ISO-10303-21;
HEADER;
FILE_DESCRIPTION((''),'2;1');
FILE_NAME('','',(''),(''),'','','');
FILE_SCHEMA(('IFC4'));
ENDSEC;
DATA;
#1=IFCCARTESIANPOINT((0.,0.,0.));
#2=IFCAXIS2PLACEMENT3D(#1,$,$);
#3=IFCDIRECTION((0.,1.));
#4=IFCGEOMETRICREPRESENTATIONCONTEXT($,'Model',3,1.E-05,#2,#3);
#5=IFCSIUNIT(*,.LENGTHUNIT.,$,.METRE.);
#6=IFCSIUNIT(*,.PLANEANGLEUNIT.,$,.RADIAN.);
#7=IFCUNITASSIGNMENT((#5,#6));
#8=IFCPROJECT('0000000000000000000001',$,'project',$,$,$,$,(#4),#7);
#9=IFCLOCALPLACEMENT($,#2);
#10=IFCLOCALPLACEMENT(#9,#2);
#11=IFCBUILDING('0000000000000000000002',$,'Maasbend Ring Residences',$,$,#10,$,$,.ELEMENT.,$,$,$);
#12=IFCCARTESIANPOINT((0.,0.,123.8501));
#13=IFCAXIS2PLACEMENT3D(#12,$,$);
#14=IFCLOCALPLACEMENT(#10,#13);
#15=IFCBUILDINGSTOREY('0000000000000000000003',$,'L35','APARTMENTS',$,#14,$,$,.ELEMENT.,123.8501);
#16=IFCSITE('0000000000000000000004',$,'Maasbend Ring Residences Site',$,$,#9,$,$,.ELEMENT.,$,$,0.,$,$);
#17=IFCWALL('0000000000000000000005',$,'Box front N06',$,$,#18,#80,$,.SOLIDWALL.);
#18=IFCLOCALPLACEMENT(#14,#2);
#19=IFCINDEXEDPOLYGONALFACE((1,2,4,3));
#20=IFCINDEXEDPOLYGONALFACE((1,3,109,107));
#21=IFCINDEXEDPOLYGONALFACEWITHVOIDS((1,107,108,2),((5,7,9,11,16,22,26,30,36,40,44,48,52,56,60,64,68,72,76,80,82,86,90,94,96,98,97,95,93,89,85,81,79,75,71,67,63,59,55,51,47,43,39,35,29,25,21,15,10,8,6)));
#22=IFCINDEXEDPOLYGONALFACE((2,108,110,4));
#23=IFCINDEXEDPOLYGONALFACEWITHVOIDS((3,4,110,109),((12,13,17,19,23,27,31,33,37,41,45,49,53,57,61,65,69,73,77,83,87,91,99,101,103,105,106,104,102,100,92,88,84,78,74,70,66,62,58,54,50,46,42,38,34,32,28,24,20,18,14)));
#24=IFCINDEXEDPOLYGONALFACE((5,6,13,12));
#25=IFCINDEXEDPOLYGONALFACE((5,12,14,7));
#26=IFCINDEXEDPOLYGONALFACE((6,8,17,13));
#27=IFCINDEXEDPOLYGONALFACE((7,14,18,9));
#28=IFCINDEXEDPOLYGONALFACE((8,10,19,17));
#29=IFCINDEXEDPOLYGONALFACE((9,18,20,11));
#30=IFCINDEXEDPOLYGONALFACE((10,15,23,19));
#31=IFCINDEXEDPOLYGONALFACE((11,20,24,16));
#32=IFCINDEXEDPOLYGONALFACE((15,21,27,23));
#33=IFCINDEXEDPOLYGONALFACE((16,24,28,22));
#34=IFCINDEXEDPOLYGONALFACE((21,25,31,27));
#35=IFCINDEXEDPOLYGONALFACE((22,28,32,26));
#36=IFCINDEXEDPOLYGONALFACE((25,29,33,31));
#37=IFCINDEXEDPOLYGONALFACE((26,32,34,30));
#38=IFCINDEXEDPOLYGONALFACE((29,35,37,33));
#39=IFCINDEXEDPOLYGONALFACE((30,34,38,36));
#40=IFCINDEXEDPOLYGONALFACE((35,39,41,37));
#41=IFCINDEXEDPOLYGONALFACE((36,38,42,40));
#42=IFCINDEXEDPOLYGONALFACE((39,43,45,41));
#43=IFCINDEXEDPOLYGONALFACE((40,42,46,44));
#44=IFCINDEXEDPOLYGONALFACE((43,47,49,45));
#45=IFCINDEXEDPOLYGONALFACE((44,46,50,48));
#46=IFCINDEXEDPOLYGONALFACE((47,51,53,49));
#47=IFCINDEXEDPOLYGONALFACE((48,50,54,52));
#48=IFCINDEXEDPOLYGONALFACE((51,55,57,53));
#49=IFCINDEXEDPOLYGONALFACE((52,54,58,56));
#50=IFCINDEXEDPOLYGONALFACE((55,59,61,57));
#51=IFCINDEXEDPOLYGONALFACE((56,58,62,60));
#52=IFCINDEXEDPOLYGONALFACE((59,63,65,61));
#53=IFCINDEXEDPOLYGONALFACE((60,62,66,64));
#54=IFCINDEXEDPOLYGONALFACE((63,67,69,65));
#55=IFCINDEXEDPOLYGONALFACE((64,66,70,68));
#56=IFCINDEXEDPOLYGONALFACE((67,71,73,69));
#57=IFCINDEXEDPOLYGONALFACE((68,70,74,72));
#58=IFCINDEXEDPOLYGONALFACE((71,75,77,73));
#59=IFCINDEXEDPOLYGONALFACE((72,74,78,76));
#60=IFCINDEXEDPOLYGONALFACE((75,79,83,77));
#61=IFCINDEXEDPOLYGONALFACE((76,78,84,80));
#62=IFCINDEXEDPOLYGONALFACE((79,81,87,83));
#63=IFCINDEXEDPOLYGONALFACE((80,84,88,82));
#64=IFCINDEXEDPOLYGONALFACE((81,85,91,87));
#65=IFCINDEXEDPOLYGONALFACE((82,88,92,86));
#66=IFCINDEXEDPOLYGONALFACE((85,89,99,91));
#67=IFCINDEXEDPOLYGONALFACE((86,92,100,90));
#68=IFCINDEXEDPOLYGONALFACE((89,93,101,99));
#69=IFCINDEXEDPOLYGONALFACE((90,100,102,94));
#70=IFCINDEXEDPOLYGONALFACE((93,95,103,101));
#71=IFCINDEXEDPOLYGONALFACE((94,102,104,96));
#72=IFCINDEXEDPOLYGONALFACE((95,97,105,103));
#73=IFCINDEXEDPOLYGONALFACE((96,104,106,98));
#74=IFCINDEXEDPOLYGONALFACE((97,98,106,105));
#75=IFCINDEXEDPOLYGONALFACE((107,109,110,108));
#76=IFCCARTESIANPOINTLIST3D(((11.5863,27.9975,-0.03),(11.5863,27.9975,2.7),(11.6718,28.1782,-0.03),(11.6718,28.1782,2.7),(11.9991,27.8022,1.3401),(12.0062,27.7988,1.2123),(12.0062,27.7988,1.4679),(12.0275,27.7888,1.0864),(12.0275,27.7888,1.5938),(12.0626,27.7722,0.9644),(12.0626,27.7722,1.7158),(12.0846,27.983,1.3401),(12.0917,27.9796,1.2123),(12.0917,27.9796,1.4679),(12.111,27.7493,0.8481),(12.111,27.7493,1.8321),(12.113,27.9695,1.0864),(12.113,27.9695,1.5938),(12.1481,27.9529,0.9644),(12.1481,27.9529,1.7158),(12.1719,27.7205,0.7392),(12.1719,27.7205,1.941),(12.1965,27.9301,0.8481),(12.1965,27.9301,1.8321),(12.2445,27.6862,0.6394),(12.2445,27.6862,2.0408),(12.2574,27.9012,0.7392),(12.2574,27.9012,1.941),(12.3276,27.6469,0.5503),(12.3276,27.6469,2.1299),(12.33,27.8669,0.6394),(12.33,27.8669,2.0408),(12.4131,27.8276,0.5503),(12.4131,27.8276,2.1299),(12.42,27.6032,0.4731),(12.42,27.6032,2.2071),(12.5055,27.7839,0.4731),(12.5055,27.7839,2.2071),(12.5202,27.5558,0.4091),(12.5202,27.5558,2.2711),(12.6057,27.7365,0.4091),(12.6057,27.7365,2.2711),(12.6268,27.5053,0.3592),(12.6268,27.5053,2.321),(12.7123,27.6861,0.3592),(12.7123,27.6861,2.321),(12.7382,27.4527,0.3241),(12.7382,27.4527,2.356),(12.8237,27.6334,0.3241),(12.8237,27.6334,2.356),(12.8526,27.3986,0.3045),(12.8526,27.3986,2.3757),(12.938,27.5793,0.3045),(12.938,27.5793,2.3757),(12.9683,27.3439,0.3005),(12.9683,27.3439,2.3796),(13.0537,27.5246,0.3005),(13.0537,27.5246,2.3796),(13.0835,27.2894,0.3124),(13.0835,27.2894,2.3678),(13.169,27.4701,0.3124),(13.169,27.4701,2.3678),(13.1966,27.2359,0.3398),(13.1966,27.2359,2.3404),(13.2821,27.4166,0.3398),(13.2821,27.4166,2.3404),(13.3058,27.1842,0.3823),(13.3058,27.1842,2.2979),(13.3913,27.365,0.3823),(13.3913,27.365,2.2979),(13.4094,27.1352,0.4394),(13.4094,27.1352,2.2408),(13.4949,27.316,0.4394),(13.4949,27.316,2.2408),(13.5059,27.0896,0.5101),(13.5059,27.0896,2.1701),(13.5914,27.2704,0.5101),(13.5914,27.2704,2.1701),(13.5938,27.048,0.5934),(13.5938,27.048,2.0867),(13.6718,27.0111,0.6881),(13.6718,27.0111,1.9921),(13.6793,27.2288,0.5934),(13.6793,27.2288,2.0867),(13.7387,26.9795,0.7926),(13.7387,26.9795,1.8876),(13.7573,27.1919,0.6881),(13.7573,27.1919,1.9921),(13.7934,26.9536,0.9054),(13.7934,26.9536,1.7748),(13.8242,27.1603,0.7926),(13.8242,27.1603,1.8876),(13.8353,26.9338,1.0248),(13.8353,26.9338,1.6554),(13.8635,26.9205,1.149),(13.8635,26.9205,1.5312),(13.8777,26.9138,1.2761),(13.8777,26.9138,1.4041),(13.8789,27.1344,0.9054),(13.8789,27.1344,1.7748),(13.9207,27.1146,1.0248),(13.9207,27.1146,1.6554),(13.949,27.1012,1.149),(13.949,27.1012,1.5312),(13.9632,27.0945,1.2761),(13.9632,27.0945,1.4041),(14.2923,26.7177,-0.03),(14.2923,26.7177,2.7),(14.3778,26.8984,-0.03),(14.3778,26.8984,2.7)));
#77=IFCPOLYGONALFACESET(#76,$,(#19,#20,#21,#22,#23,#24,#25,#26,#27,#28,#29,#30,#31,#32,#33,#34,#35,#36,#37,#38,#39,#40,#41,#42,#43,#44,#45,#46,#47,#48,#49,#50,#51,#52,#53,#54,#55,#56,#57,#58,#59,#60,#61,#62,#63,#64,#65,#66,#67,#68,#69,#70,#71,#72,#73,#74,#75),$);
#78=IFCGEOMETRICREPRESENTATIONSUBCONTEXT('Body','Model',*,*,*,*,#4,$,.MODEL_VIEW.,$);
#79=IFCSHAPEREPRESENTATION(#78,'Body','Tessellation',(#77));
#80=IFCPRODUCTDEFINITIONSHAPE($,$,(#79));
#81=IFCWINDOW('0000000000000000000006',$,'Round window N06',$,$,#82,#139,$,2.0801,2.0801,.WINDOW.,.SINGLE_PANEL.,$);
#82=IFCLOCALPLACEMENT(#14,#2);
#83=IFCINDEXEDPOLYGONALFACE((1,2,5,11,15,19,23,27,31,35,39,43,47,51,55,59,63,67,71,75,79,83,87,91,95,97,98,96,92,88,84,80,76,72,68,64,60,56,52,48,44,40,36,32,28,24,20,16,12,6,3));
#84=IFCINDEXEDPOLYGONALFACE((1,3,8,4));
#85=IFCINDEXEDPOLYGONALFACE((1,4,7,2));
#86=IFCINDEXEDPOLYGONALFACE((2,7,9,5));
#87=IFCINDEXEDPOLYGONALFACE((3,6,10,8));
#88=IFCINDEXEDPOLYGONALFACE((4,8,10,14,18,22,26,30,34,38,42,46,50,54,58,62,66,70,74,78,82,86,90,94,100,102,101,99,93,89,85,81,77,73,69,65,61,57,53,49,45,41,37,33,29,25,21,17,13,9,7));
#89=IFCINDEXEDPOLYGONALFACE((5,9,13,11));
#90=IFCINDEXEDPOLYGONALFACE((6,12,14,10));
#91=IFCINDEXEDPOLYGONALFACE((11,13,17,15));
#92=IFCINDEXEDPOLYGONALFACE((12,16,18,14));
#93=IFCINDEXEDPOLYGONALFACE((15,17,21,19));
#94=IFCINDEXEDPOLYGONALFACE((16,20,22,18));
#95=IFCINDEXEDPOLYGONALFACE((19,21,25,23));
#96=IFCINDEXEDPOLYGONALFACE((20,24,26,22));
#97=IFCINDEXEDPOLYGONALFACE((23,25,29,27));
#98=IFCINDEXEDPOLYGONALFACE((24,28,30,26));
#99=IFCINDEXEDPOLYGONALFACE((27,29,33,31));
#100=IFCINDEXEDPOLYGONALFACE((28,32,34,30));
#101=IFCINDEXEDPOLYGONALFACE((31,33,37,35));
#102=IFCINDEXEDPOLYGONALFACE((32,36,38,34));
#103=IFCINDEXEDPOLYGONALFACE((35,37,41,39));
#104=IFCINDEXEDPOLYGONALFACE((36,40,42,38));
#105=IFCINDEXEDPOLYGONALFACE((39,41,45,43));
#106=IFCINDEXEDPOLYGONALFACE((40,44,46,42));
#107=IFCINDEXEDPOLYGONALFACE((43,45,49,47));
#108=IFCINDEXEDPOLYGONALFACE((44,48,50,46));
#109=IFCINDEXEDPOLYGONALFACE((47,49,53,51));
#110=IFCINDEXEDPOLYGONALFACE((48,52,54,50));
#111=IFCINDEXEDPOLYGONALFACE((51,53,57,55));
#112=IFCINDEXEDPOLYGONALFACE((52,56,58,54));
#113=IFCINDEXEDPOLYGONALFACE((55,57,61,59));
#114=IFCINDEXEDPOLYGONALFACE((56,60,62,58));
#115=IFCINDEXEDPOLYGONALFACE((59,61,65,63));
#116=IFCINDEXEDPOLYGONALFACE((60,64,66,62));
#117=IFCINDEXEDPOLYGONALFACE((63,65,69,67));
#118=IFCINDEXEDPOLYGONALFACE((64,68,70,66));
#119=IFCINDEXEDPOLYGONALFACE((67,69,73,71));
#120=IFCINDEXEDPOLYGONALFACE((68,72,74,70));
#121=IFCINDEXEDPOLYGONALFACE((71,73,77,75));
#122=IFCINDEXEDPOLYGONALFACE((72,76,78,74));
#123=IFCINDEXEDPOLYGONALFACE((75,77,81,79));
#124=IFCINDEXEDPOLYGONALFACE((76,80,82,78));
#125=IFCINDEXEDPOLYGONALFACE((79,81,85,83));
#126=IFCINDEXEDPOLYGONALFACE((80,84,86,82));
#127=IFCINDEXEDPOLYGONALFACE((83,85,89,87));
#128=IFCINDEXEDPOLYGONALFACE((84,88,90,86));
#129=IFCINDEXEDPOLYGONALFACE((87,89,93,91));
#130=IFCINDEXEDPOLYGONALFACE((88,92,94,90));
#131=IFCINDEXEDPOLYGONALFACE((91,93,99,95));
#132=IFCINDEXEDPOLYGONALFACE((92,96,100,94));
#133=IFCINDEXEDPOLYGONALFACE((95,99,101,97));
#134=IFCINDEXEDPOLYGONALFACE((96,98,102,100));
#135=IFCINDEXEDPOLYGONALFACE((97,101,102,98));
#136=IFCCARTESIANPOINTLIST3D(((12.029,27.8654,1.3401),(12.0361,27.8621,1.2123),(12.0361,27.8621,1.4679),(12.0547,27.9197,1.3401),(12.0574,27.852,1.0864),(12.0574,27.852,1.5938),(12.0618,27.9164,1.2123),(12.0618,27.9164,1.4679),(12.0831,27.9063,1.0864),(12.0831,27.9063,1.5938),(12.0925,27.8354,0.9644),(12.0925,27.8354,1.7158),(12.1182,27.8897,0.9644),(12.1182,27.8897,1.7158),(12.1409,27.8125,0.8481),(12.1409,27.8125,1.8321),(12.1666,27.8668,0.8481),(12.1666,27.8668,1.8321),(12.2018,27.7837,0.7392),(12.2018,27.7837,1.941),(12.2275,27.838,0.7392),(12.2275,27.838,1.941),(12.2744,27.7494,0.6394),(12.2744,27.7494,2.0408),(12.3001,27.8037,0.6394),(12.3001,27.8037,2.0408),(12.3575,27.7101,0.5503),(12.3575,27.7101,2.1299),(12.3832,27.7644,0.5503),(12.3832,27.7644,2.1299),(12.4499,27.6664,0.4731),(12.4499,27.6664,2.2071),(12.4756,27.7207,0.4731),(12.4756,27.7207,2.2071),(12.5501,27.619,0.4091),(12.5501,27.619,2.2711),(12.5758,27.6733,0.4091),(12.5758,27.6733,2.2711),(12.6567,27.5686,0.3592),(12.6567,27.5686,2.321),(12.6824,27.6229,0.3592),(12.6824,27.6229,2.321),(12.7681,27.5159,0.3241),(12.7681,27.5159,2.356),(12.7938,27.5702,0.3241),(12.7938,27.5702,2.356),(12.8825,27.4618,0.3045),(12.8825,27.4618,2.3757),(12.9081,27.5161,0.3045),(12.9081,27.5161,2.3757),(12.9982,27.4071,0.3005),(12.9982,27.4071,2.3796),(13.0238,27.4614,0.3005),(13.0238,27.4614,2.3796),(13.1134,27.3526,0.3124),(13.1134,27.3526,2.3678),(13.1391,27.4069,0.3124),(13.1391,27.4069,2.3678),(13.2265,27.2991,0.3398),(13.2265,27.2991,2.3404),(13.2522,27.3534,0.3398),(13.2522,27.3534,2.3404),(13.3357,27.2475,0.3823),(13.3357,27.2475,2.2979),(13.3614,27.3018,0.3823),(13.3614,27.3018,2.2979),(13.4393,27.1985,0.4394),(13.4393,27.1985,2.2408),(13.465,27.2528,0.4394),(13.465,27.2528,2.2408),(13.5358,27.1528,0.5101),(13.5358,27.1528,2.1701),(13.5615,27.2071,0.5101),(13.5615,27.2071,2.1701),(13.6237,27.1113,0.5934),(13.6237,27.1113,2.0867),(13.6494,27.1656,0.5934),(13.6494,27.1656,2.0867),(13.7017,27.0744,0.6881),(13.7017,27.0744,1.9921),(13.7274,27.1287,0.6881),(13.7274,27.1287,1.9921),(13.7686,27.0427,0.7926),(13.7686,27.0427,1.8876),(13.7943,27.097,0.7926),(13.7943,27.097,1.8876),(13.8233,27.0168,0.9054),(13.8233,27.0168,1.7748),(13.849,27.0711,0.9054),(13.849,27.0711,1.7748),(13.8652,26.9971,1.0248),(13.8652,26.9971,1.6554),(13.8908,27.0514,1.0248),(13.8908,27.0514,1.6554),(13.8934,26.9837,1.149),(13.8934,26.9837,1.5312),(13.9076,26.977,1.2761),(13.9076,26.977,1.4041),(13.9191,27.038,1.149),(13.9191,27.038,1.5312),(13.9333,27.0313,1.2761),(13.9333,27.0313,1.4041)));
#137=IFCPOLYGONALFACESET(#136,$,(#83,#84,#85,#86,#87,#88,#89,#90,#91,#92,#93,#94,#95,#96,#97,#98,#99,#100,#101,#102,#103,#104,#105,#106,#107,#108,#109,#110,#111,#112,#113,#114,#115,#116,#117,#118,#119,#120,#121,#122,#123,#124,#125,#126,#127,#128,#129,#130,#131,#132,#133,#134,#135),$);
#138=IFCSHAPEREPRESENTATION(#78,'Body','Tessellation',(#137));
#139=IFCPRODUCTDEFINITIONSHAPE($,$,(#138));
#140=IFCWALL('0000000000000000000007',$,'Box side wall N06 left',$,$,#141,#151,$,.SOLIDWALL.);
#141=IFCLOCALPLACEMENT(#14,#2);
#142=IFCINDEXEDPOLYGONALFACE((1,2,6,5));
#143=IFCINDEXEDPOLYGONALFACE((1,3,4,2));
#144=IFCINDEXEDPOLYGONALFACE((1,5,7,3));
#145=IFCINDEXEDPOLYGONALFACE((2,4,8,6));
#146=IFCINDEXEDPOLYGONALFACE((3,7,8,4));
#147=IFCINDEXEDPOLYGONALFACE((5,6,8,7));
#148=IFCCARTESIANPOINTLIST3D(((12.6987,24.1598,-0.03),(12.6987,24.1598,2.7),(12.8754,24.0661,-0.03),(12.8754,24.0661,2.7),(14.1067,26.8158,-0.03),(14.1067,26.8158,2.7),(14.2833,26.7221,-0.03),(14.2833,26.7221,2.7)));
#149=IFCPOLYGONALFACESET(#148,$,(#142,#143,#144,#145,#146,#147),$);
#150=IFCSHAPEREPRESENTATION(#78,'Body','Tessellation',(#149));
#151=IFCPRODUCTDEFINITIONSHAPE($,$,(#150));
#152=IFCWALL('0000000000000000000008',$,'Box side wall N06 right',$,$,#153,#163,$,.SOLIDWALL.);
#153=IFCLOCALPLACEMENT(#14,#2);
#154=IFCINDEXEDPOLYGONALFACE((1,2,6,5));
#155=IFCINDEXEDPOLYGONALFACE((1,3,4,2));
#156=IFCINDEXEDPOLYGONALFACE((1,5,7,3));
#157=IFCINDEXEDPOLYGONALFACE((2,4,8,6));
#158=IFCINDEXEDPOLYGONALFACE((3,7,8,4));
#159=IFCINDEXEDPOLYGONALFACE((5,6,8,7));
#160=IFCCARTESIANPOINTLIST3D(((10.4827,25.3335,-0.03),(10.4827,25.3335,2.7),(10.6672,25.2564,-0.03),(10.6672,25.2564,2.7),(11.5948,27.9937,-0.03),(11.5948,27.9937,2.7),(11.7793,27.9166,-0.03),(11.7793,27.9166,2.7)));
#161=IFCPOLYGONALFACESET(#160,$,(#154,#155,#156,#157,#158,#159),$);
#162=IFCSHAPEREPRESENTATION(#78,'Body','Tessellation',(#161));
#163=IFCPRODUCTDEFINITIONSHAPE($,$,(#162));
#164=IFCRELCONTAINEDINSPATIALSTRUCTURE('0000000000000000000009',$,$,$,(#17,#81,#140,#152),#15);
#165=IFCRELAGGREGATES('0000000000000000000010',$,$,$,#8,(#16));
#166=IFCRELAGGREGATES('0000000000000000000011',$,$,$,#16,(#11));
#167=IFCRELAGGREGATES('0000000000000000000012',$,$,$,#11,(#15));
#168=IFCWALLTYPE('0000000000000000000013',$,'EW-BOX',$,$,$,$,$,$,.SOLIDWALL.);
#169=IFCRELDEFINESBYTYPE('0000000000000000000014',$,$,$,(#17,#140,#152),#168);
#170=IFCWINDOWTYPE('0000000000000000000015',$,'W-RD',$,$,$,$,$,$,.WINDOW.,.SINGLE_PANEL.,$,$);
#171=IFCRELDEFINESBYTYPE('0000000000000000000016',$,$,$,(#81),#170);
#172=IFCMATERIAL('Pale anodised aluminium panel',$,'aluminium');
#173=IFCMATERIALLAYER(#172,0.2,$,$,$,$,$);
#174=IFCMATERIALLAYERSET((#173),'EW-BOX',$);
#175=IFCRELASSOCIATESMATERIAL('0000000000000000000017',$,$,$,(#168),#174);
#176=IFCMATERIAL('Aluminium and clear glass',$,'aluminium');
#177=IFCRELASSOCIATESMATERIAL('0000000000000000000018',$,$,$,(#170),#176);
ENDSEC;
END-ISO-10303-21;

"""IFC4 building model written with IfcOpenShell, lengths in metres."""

from ifc_helpers import new_model, si_unit, direction, frame, frame_2d, origin, place, context, subcontext, project, spatial, rectangle, circle, extrude, material, layer, layer_set, type_object, element, fill, save


model = new_model("IFC4")

# Units and contexts
model_context = context("Model", 3, precision=1e-05, world=origin(), true_north=direction((0.0, 1.0)))
body_context = subcontext(model_context, "Body", "Model", "MODEL_VIEW")
ifc_project = project(units=[si_unit("LENGTHUNIT", "METRE"), si_unit("PLANEANGLEUNIT", "RADIAN")], contexts=[model_context])

# Site, building, storey
site_placement = place(None, origin())
site = spatial("IfcSite", under=ifc_project, at=site_placement, Name="Maasbend Ring Residences Site", CompositionType="ELEMENT", RefElevation=0.0)
building_placement = place(site_placement, origin())
building = spatial("IfcBuilding", under=site, at=building_placement, Name="Maasbend Ring Residences", CompositionType="ELEMENT")
storey_placement = place(building_placement, frame((0.0, 0.0, 123.8501)))
storey = spatial("IfcBuildingStorey", under=building, at=storey_placement, Name="L35", Description="APARTMENTS", CompositionType="ELEMENT", Elevation=123.8501)

# Wall, opening, window
ifc_material_1 = material(Name="Pale anodised aluminium panel", Category="aluminium")
ifc_layer_1 = layer(ifc_material_1, 0.2)
ifc_layer_set_1 = layer_set([ifc_layer_1], Name="EW-BOX")
wall_type_1 = type_object("IfcWallType", Name="EW-BOX", PredefinedType="SOLIDWALL", material=ifc_layer_set_1)
wall_1_placement = place(storey_placement, frame((14.335, 26.8081, -0.03), z_axis=(0.0, 0.0, 1.0), x_axis=(-0.904, 0.427532, 0.0)))
wall_1 = element("IfcWall", 1, at=wall_1_placement, inside=storey, type_object=wall_type_1, Name="Box front N06", PredefinedType="SOLIDWALL", context=body_context, shape_type="SweptSolid", body=[
    extrude(rectangle(XDim=2.9934, YDim=0.2, at=frame_2d((1.4966, 0.0))), origin(), (0.0, 0.0, 1.0), 2.73),
])
opening_1_placement = place(wall_1_placement, frame((0.4565, 0.0, 0.3301)))
opening_1 = element("IfcOpeningElement", 2, at=opening_1_placement, cuts=wall_1, PredefinedType="OPENING", context=body_context, shape_type="SweptSolid", body=[
    extrude(circle(Radius=1.04, at=frame_2d((1.04, 1.04))), frame((0.0, 0.1099, 0.0), z_axis=(0.0, -1.0, 0.0), x_axis=(1.0, 0.0, 0.0)), (0.0, 0.0, 1.0), 0.22),
])
ifc_material_2 = material(Name="Aluminium and clear glass", Category="aluminium")
window_type_1 = type_object("IfcWindowType", Name="W-RD", PartitioningType="SINGLE_PANEL", PredefinedType="WINDOW", material=ifc_material_2)
window_1_placement = place(opening_1_placement, origin())
window_1 = element("IfcWindow", 3, at=window_1_placement, inside=storey, type_object=window_type_1, Name="Round window N06", OverallHeight=2.0801, OverallWidth=2.0801, PartitioningType="SINGLE_PANEL", PredefinedType="WINDOW", context=body_context, shape_type="SweptSolid", body=[
    extrude(circle(Radius=1.04, at=frame_2d((1.04, 1.04))), frame((0.0, 0.03, 0.0), z_axis=(0.0, -1.0, 0.0), x_axis=(1.0, 0.0, 0.0)), (0.0, 0.0, 1.0), 0.0601),
])
fill(opening_1, window_1)

# Walls
wall_2_placement = place(storey_placement, frame((12.7871, 24.113, -0.03), z_axis=(0.0, 0.0, 1.0), x_axis=(0.468365, 0.883535, 0.0)))
element("IfcWall", 4, at=wall_2_placement, inside=storey, type_object=wall_type_1, Name="Box side wall N06 left", PredefinedType="SOLIDWALL", context=body_context, shape_type="SweptSolid", body=[
    extrude(rectangle(XDim=3.0061, YDim=0.2, at=frame_2d((1.5029, 0.0))), origin(), (0.0, 0.0, 1.0), 2.73),
])
wall_3_placement = place(storey_placement, frame((10.575, 25.2949, -0.03), z_axis=(0.0, 0.0, 1.0), x_axis=(0.385697, 0.922625, 0.0)))
element("IfcWall", 5, at=wall_3_placement, inside=storey, type_object=wall_type_1, Name="Box side wall N06 right", PredefinedType="SOLIDWALL", context=body_context, shape_type="SweptSolid", body=[
    extrude(rectangle(XDim=2.8833, YDim=0.2, at=frame_2d((1.4417, 0.0))), origin(), (0.0, 0.0, 1.0), 2.73),
])

save(model, "model.ifc")
